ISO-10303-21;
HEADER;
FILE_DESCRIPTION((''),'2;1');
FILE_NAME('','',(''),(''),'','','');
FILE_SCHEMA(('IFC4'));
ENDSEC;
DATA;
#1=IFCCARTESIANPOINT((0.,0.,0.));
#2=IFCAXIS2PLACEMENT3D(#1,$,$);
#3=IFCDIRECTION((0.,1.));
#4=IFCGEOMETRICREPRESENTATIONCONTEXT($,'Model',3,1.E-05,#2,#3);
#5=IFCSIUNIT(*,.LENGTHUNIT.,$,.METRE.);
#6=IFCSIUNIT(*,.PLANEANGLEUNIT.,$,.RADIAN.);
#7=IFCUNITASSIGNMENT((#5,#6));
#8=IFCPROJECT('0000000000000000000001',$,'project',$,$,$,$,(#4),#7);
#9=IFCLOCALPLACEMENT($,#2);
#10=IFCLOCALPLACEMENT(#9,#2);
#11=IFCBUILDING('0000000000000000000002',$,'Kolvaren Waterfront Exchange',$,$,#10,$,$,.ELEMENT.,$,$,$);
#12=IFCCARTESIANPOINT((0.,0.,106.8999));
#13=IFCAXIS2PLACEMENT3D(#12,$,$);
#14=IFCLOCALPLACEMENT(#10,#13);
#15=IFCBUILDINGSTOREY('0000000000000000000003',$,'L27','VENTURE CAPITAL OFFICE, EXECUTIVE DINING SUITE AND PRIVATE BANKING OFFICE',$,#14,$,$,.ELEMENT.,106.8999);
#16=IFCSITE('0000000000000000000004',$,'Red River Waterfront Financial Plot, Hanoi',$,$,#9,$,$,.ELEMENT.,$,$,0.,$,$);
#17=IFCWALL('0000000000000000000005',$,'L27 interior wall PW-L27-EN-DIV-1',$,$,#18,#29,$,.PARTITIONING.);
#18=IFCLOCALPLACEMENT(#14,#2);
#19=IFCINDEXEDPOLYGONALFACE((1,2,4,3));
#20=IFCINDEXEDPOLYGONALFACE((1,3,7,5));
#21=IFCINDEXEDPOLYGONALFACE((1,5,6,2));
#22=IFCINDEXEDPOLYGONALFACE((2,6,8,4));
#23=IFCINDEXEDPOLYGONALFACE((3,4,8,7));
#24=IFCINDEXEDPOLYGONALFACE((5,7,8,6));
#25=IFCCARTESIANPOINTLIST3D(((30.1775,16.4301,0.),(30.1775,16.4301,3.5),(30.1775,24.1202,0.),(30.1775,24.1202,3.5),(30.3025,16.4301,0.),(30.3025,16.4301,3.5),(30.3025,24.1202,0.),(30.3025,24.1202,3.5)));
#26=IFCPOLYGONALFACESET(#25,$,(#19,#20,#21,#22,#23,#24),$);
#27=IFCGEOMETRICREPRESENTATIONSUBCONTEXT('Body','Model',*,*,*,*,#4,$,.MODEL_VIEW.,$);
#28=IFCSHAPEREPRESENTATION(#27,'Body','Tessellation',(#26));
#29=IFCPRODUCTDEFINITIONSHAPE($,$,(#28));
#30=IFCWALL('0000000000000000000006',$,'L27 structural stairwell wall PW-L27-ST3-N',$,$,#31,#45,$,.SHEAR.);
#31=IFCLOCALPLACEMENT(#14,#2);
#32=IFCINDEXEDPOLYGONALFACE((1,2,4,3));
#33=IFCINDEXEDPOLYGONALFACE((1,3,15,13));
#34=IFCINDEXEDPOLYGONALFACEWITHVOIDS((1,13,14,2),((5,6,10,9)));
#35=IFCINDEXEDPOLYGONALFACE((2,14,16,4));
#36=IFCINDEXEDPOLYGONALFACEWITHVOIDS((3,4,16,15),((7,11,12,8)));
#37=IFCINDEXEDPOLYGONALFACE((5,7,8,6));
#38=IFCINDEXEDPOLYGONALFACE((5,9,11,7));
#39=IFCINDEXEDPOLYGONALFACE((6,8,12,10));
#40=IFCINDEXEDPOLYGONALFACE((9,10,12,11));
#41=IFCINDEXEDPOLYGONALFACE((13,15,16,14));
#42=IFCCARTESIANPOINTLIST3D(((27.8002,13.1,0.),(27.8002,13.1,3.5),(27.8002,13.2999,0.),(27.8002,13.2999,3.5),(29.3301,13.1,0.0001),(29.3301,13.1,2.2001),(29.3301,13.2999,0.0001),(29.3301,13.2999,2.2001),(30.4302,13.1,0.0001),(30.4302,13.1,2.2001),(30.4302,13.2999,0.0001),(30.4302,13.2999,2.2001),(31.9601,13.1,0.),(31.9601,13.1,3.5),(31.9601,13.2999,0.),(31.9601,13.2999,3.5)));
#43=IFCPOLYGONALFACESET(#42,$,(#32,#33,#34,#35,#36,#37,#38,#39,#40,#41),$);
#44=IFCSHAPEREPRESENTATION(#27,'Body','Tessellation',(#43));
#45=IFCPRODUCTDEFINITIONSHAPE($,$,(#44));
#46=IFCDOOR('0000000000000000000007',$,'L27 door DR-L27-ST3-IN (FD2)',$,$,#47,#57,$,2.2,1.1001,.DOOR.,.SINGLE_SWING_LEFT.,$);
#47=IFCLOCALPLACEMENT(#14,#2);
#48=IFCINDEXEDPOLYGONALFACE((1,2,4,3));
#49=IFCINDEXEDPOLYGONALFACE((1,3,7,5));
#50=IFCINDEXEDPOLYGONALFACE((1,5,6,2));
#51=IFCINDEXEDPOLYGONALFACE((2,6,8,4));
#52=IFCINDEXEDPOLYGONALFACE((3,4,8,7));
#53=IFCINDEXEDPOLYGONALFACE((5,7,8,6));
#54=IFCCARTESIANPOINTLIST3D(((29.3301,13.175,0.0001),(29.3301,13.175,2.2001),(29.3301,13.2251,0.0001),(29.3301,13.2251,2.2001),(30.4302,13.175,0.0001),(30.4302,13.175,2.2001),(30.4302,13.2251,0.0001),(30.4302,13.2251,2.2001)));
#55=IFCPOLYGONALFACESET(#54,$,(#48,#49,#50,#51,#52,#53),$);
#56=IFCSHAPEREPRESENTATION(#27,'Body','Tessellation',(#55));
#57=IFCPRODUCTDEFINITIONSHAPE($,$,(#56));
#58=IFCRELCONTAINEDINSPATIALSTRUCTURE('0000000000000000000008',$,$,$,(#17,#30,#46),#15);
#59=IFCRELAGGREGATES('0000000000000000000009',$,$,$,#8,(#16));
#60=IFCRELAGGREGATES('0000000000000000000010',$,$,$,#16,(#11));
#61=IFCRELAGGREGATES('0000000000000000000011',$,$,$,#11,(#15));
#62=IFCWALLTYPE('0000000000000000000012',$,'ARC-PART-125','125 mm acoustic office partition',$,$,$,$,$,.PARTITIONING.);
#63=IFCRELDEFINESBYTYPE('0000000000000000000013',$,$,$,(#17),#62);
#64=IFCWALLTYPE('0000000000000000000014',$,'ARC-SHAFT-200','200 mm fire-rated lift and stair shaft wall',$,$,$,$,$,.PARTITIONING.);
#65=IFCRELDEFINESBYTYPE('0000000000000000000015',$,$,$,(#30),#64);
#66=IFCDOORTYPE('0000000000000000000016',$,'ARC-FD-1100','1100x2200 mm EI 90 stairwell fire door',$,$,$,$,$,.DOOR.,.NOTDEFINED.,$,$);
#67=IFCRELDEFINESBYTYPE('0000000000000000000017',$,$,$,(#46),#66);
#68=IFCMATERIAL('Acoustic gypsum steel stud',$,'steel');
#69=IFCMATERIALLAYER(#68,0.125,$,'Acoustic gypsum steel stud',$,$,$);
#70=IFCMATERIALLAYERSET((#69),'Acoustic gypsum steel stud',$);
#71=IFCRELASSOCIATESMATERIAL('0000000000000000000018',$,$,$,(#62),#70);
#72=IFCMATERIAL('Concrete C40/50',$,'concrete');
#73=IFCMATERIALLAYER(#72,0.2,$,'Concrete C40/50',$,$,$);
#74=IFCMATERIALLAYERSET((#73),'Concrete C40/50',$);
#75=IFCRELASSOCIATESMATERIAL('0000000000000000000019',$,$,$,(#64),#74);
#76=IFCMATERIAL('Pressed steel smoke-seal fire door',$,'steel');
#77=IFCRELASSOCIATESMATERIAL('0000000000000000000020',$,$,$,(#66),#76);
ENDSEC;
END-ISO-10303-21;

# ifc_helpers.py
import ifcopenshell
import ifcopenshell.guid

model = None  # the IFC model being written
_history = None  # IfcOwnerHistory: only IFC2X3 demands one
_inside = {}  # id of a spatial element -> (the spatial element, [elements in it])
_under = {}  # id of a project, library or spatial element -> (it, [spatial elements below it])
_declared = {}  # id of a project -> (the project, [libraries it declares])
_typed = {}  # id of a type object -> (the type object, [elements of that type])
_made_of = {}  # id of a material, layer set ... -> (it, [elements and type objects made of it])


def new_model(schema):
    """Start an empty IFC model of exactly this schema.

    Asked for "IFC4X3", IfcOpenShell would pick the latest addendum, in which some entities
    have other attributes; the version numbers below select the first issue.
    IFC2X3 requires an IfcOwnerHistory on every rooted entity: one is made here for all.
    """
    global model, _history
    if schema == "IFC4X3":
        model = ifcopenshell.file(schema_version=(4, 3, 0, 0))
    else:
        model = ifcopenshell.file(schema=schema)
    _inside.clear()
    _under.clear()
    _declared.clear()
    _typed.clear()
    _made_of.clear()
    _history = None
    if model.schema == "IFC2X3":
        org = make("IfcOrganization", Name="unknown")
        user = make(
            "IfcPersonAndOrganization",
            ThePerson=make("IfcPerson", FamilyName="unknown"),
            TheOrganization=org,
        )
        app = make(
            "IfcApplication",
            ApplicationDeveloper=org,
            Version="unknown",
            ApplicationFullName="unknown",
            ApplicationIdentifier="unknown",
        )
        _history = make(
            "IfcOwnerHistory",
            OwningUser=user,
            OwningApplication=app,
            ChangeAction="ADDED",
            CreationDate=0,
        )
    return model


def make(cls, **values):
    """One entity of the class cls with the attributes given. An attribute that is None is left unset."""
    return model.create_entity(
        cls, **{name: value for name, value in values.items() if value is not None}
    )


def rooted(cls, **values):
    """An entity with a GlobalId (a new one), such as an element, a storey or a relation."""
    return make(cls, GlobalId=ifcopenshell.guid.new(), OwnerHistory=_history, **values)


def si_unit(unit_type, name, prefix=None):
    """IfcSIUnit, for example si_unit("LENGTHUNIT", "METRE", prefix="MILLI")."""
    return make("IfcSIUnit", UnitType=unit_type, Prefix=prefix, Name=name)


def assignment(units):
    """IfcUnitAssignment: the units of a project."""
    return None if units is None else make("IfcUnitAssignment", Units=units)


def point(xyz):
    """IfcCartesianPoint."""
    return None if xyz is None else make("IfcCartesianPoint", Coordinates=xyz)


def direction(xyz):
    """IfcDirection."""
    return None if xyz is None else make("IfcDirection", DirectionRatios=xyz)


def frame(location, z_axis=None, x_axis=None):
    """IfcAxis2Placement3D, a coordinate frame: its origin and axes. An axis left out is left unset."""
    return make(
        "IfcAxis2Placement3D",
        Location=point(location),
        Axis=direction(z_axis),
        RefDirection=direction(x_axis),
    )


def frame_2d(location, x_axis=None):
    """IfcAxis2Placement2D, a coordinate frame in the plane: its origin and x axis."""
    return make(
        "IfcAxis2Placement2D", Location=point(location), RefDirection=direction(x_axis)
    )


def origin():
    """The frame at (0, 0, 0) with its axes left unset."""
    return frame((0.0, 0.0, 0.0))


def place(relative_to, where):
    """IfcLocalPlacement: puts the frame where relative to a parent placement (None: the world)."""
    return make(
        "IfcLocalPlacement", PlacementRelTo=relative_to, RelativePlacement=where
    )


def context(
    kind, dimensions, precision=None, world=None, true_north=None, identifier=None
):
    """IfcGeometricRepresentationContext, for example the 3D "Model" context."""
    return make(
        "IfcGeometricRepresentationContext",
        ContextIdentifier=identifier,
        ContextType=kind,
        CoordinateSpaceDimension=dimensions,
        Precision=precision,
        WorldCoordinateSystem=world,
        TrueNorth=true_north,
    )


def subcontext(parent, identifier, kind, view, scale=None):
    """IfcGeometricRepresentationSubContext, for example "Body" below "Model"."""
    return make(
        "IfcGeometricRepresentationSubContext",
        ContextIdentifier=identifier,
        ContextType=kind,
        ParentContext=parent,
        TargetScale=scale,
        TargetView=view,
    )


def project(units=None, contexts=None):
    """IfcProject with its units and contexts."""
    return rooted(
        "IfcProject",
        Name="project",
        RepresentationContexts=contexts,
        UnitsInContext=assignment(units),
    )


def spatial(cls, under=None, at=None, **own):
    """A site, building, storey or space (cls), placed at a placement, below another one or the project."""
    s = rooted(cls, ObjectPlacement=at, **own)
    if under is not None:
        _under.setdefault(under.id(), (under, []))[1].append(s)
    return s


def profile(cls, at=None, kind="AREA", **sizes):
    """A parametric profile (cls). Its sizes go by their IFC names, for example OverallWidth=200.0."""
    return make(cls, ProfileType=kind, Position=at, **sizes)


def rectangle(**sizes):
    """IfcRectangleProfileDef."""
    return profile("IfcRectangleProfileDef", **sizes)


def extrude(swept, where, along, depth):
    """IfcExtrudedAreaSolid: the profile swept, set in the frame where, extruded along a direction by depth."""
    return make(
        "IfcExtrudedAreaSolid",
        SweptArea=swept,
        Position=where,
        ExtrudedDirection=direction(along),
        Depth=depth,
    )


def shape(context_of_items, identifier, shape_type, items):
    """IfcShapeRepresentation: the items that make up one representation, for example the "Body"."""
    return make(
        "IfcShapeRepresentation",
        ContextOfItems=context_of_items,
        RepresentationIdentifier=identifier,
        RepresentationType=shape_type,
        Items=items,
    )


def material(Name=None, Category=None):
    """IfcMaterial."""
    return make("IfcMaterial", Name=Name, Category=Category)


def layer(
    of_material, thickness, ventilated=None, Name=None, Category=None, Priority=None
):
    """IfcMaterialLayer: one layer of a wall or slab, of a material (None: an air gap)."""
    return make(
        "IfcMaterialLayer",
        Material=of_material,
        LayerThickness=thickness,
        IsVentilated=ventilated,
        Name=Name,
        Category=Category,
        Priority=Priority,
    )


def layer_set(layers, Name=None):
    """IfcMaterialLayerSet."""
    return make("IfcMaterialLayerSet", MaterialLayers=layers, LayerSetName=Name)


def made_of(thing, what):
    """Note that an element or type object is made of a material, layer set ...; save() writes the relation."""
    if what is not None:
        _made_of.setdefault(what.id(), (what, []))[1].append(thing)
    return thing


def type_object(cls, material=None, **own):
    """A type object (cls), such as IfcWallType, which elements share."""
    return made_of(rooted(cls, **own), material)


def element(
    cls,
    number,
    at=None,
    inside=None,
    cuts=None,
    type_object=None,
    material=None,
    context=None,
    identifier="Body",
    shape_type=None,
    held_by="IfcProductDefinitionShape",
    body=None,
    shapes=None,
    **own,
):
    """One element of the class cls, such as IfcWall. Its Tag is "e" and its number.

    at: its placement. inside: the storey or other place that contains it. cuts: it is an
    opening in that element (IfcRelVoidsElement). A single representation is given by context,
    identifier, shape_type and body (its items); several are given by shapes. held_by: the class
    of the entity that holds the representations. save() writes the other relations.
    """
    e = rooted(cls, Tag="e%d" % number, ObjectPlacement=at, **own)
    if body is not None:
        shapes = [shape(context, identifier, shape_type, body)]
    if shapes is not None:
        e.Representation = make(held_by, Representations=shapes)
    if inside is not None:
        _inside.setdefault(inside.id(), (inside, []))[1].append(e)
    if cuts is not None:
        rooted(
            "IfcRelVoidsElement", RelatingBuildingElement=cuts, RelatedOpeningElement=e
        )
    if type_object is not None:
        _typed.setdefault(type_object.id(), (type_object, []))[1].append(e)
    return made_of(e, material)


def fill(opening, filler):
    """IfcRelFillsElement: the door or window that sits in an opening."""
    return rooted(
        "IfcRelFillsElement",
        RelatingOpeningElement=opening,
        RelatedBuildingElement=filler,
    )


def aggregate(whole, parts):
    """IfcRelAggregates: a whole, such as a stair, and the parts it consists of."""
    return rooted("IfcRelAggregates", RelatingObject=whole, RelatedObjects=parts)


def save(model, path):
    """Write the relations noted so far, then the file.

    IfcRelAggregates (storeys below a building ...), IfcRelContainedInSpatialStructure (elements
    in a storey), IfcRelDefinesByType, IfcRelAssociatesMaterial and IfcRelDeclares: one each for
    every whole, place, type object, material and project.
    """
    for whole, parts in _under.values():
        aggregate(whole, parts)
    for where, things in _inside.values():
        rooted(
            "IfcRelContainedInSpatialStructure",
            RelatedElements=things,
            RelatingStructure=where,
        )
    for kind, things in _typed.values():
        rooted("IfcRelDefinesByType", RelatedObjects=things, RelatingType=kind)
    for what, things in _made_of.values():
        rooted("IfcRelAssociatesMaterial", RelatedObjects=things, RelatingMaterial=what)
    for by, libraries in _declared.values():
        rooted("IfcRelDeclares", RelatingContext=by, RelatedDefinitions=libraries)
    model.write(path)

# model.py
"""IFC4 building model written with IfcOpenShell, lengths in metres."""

from ifc_helpers import new_model, si_unit, direction, frame, frame_2d, origin, place, context, subcontext, project, spatial, rectangle, extrude, material, layer, layer_set, type_object, element, fill, save


model = new_model("IFC4")

# Units and contexts
model_context = context("Model", 3, precision=1e-05, world=origin(), true_north=direction((0.0, 1.0)))
body_context = subcontext(model_context, "Body", "Model", "MODEL_VIEW")
ifc_project = project(units=[si_unit("LENGTHUNIT", "METRE"), si_unit("PLANEANGLEUNIT", "RADIAN")], contexts=[model_context])

# Site, building, storey
site_placement = place(None, origin())
site = spatial("IfcSite", under=ifc_project, at=site_placement, Name="Red River Waterfront Financial Plot, Hanoi", CompositionType="ELEMENT", RefElevation=0.0)
building_placement = place(site_placement, origin())
building = spatial("IfcBuilding", under=site, at=building_placement, Name="Kolvaren Waterfront Exchange", CompositionType="ELEMENT")
storey_placement = place(building_placement, frame((0.0, 0.0, 106.8999)))
storey = spatial("IfcBuildingStorey", under=building, at=storey_placement, Name="L27", Description="VENTURE CAPITAL OFFICE, EXECUTIVE DINING SUITE AND PRIVATE BANKING OFFICE", CompositionType="ELEMENT", Elevation=106.8999)

# Shared definitions
ifc_material_1 = material(Name="Acoustic gypsum steel stud", Category="steel")
ifc_layer_1 = layer(ifc_material_1, 0.125, Name="Acoustic gypsum steel stud")
ifc_layer_set_1 = layer_set([ifc_layer_1], Name="Acoustic gypsum steel stud")
wall_type_1 = type_object("IfcWallType", Name="ARC-PART-125", Description="125 mm acoustic office partition", PredefinedType="PARTITIONING", material=ifc_layer_set_1)

# Wall
wall_1_placement = place(storey_placement, frame((30.24, 16.4299, 0.0), z_axis=(0.0, 0.0, 1.0), x_axis=(0.0, 1.0, 0.0)))
element("IfcWall", 1, at=wall_1_placement, inside=storey, type_object=wall_type_1, Name="L27 interior wall PW-L27-EN-DIV-1", PredefinedType="PARTITIONING", context=body_context, shape_type="SweptSolid", body=[
    extrude(rectangle(XDim=7.6902, YDim=0.125, at=frame_2d((3.8452, 0.0))), origin(), (0.0, 0.0, 1.0), 3.5),
])

# Wall, opening, door
ifc_material_2 = material(Name="Concrete C40/50", Category="concrete")
ifc_layer_2 = layer(ifc_material_2, 0.2, Name="Concrete C40/50")
ifc_layer_set_2 = layer_set([ifc_layer_2], Name="Concrete C40/50")
wall_type_2 = type_object("IfcWallType", Name="ARC-SHAFT-200", Description="200 mm fire-rated lift and stair shaft wall", PredefinedType="PARTITIONING", material=ifc_layer_set_2)
wall_2_placement = place(storey_placement, frame((27.8, 13.2, 0.0), z_axis=(0.0, 0.0, 1.0), x_axis=(1.0, 0.0, 0.0)))
wall_2 = element("IfcWall", 2, at=wall_2_placement, inside=storey, type_object=wall_type_2, Name="L27 structural stairwell wall PW-L27-ST3-N", PredefinedType="SHEAR", context=body_context, shape_type="SweptSolid", body=[
    extrude(rectangle(XDim=4.1599, YDim=0.2, at=frame_2d((2.0801, 0.0))), origin(), (0.0, 0.0, 1.0), 3.5),
])
opening_1_placement = place(wall_2_placement, frame((1.53, 0.0, 0.0)))
opening_1 = element("IfcOpeningElement", 3, at=opening_1_placement, cuts=wall_2, PredefinedType="OPENING", context=body_context, shape_type="SweptSolid", body=[
    extrude(rectangle(XDim=1.1001, YDim=2.2, at=frame_2d((0.55, 1.1001))), frame((0.0, 0.1099, 0.0), z_axis=(0.0, -1.0, 0.0), x_axis=(1.0, 0.0, 0.0)), (0.0, 0.0, 1.0), 0.22),
])
ifc_material_3 = material(Name="Pressed steel smoke-seal fire door", Category="steel")
door_type_1 = type_object("IfcDoorType", Name="ARC-FD-1100", Description="1100x2200 mm EI 90 stairwell fire door", OperationType="NOTDEFINED", PredefinedType="DOOR", material=ifc_material_3)
door_1_placement = place(opening_1_placement, frame((1.1001, 0.0, 0.0), z_axis=(0.0, 0.0, 1.0), x_axis=(-1.0, 0.0, 0.0)))
door_1 = element("IfcDoor", 4, at=door_1_placement, inside=storey, type_object=door_type_1, Name="L27 door DR-L27-ST3-IN (FD2)", OperationType="SINGLE_SWING_LEFT", OverallHeight=2.2, OverallWidth=1.1001, PredefinedType="DOOR", context=body_context, shape_type="SweptSolid", body=[
    extrude(rectangle(XDim=1.1001, YDim=2.2, at=frame_2d((0.55, 1.1001))), frame((0.0, 0.0249, 0.0), z_axis=(0.0, -1.0, 0.0), x_axis=(1.0, 0.0, 0.0)), (0.0, 0.0, 1.0), 0.05),
])
fill(opening_1, door_1)

save(model, "model.ifc")
